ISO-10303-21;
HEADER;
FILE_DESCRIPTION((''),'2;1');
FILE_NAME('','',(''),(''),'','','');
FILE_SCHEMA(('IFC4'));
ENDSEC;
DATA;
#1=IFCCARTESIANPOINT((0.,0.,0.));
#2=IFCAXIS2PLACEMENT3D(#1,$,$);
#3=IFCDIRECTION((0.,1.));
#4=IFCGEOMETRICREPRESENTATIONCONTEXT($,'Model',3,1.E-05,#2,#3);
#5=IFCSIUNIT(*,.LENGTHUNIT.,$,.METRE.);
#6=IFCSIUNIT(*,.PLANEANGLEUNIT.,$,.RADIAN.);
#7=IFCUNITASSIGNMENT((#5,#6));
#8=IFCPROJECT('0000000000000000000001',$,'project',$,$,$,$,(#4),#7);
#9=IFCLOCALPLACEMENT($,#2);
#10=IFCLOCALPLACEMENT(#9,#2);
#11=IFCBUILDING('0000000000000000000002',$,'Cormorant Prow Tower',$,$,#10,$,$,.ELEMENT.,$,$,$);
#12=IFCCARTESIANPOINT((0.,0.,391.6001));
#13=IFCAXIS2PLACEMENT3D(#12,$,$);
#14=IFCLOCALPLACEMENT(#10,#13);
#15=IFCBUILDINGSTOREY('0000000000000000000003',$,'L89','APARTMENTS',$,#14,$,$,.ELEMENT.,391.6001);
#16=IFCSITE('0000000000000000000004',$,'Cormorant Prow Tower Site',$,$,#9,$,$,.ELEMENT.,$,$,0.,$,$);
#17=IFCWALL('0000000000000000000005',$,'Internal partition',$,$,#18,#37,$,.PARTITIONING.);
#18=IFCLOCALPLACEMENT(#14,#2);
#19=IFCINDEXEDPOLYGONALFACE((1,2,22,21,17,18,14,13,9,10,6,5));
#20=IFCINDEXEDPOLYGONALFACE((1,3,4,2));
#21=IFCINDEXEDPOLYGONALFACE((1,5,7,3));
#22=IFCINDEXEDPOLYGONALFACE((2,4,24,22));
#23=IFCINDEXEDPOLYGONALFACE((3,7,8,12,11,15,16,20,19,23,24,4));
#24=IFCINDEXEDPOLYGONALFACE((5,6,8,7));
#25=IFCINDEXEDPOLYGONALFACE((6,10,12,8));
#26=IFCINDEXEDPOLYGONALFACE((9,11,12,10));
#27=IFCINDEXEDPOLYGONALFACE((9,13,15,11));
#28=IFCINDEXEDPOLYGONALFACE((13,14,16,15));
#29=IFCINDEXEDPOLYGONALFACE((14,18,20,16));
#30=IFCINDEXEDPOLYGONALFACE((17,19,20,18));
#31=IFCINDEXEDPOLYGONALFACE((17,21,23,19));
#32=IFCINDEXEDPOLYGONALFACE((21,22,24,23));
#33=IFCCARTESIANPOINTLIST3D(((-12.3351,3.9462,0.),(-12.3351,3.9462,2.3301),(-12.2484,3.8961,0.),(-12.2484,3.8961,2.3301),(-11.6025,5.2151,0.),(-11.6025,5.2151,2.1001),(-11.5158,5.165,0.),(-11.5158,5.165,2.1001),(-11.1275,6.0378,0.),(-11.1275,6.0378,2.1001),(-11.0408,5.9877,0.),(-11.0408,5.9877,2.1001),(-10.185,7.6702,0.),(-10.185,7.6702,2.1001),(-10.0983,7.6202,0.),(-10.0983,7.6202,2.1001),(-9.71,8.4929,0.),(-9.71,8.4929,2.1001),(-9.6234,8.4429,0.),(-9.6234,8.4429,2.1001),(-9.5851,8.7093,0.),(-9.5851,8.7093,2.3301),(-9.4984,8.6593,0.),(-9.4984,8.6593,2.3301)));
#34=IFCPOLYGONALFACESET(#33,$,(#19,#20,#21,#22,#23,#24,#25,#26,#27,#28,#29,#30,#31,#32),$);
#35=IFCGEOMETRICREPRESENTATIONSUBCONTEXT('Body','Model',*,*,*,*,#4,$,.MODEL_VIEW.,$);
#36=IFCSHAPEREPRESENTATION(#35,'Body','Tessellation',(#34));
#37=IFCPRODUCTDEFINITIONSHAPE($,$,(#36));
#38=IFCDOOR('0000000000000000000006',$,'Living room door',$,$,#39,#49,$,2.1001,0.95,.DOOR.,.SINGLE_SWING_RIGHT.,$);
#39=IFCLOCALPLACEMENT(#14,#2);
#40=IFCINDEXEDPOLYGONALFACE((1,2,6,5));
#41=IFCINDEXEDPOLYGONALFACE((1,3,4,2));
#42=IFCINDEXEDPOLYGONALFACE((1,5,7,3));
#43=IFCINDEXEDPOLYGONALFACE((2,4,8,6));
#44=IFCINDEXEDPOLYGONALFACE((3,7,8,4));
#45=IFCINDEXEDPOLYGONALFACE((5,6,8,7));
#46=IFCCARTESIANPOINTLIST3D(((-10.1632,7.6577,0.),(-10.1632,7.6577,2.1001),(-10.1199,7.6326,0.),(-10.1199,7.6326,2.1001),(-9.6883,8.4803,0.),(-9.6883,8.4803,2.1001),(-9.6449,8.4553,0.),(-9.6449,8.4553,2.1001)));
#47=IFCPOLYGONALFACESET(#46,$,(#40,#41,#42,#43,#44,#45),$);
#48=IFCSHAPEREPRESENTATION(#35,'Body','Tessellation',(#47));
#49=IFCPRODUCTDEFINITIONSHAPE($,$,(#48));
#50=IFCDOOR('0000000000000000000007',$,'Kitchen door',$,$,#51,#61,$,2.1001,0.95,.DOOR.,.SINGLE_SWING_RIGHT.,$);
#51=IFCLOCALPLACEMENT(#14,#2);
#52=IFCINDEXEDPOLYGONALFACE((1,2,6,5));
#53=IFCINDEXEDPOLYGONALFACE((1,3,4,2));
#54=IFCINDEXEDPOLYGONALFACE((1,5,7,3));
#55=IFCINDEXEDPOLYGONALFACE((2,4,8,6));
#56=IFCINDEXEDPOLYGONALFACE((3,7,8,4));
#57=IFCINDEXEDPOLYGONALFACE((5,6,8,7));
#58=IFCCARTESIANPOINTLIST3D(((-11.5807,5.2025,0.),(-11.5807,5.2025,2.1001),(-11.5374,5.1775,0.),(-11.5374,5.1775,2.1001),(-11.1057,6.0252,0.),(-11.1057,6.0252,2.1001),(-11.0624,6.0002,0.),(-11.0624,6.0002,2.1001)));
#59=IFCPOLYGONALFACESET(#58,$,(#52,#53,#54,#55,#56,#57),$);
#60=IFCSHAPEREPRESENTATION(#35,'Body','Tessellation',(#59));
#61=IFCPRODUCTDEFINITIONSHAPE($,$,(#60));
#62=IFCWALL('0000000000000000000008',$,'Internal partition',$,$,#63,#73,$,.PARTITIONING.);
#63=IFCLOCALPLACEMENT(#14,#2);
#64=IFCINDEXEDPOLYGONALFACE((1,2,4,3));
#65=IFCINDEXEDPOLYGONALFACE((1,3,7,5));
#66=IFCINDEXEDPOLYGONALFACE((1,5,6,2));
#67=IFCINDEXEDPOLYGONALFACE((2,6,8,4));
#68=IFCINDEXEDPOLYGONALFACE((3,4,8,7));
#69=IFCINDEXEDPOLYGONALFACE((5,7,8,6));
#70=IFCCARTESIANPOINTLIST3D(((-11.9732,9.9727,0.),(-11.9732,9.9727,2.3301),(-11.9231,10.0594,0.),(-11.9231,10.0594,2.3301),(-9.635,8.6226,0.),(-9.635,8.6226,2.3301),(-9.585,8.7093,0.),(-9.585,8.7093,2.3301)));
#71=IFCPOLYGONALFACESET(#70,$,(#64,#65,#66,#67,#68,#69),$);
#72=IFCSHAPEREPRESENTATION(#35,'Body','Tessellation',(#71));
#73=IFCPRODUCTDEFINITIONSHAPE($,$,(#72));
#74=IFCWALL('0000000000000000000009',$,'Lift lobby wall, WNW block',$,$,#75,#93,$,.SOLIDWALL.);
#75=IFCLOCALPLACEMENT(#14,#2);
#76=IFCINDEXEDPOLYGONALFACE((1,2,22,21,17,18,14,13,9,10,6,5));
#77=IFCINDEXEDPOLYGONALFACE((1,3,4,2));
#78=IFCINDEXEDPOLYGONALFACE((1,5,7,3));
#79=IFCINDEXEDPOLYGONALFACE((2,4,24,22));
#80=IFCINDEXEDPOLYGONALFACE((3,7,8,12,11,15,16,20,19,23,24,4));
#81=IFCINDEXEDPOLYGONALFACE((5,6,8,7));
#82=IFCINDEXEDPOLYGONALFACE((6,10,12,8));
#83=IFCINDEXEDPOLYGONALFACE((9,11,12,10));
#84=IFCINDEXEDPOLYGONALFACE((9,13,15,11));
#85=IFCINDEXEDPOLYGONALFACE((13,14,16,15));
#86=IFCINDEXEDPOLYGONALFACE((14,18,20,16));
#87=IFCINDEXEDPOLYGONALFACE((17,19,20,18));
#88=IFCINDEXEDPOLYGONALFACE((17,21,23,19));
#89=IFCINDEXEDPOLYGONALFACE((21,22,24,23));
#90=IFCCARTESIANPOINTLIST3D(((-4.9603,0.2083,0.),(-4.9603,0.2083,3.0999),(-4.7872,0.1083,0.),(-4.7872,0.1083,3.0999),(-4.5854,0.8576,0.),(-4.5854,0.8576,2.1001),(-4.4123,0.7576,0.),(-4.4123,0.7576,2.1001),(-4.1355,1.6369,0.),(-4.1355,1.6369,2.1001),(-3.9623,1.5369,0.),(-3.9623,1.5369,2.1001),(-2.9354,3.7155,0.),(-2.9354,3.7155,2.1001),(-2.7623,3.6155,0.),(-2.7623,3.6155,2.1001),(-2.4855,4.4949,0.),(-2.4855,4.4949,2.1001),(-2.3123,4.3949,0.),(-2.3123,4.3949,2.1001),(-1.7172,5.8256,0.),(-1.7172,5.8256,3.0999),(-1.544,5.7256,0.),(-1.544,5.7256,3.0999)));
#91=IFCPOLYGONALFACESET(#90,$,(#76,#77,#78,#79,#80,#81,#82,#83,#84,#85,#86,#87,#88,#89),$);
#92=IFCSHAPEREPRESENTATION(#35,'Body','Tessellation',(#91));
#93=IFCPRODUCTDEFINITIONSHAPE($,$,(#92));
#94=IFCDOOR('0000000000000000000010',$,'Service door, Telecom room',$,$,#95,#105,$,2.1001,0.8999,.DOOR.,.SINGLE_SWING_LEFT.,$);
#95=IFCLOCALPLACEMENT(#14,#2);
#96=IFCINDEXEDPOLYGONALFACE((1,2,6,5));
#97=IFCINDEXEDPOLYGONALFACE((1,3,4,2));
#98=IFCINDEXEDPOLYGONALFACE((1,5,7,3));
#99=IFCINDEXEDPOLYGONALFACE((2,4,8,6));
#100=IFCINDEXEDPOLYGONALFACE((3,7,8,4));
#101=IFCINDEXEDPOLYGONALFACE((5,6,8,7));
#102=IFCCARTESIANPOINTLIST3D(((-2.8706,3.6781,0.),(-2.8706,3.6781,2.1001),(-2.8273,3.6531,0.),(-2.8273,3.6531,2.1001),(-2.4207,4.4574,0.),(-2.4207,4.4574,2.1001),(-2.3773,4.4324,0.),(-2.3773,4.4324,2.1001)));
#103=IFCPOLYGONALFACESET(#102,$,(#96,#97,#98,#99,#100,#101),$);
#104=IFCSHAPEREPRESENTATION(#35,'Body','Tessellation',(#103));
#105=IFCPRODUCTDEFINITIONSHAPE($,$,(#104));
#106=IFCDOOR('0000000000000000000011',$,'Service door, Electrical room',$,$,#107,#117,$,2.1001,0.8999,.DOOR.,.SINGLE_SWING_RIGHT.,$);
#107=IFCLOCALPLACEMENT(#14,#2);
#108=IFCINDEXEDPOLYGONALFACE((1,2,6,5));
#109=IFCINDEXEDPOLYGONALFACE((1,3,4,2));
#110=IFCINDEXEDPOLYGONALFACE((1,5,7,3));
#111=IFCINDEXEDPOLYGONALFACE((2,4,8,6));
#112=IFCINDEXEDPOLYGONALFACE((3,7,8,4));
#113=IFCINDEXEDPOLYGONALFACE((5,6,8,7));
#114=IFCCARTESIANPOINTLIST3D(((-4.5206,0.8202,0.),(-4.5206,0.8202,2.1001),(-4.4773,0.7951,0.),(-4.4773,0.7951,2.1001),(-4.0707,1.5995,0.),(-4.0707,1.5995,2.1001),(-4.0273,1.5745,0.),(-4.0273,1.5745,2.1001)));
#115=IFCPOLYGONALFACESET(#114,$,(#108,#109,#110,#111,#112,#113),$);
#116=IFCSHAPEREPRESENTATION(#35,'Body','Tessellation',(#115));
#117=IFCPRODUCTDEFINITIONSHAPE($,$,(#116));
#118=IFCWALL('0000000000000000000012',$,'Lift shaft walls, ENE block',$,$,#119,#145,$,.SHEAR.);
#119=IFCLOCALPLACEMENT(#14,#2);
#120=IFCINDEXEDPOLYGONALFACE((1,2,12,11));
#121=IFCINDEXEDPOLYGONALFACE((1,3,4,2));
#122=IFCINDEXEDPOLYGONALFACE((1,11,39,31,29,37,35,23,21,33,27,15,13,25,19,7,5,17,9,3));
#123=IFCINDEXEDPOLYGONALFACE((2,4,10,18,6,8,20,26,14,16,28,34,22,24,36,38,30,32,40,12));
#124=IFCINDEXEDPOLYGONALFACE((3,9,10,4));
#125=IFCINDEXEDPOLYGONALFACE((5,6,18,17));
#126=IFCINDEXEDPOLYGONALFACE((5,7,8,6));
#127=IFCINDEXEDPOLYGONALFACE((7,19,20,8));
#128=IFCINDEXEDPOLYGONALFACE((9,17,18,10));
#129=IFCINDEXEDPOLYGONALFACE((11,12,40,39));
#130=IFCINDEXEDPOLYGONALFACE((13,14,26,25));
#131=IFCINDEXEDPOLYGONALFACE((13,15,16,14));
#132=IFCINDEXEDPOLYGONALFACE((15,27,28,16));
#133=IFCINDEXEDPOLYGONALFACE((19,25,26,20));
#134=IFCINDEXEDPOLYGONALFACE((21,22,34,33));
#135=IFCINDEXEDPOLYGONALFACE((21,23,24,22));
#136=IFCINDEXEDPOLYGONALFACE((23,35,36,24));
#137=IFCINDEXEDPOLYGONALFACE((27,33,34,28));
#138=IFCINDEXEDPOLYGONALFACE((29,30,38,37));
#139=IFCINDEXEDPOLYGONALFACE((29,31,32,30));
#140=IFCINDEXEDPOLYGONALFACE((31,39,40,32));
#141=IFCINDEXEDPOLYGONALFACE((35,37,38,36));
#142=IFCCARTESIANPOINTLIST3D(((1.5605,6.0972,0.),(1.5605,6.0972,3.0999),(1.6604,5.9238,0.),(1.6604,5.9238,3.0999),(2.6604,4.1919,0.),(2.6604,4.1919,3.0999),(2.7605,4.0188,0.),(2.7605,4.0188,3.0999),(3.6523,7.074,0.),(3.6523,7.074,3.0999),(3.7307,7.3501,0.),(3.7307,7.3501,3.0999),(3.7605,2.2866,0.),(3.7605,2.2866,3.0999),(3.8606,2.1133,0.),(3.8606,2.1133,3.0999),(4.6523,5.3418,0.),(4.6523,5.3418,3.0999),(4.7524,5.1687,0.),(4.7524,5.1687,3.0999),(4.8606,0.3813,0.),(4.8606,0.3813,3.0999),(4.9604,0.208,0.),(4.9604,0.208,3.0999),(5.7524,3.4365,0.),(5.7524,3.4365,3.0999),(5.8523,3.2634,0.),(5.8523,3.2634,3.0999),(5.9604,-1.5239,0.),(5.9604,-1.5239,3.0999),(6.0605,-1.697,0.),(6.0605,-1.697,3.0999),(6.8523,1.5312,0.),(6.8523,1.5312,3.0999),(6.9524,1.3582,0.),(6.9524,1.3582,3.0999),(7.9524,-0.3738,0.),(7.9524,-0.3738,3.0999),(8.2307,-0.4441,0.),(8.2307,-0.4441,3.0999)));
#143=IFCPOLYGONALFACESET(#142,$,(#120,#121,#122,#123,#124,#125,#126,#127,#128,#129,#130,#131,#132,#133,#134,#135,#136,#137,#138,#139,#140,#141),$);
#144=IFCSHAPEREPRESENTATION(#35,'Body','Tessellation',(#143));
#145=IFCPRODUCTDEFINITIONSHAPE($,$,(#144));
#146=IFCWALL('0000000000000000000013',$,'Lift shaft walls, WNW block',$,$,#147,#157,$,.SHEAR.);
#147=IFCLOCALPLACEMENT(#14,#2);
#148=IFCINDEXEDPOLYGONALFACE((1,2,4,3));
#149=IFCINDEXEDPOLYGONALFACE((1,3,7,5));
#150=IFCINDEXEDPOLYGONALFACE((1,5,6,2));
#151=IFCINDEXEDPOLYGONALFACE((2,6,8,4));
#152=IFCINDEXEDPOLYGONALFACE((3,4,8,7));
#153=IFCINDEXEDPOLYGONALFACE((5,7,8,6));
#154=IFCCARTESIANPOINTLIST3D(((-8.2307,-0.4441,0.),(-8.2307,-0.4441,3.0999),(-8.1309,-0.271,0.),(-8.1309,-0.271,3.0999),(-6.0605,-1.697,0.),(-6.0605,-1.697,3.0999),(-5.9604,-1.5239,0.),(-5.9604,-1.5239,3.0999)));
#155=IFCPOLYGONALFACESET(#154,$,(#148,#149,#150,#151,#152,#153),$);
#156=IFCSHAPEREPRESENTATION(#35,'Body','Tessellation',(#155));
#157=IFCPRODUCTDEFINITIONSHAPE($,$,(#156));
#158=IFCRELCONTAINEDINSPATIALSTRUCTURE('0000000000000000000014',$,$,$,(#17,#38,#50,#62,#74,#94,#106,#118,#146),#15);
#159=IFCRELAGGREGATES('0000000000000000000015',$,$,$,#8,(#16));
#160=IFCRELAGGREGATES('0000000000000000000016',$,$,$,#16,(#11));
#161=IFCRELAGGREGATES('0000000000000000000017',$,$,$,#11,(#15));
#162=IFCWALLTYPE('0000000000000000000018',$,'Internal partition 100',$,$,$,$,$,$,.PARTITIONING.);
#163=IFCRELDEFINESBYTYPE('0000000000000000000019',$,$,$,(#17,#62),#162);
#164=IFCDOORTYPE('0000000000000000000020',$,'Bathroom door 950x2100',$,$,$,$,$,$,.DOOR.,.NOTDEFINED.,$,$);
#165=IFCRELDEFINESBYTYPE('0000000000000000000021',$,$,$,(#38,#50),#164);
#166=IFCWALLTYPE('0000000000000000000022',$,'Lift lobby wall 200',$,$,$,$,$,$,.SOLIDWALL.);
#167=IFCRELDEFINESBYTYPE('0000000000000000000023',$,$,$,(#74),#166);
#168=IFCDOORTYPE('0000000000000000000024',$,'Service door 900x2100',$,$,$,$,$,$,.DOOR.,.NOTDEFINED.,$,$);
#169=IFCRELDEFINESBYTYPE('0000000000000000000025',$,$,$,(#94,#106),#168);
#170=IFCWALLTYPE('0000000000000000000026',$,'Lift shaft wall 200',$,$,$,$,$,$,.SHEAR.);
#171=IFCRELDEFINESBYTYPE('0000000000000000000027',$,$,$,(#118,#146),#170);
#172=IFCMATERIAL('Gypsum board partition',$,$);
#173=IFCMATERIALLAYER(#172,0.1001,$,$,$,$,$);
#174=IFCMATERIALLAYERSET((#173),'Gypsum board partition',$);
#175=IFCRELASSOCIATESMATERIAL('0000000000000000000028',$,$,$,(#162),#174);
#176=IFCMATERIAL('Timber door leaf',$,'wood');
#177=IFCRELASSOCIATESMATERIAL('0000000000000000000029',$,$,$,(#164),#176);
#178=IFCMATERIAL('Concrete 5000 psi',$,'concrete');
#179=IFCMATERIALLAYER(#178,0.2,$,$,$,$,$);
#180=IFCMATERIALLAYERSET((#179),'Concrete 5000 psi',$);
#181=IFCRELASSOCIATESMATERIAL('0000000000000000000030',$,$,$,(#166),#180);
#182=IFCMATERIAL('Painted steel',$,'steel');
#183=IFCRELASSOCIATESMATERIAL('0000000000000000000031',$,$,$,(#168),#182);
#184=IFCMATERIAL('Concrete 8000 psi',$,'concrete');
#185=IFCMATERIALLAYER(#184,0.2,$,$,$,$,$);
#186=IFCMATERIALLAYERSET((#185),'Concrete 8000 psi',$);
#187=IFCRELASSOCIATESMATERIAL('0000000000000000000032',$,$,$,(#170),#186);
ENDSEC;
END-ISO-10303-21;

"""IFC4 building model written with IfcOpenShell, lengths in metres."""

from ifc_helpers import new_model, si_unit, direction, frame, frame_2d, origin, place, context, subcontext, project, spatial, polyline, rectangle, outline, extrude, material, layer, layer_set, type_object, element, fill, save


model = new_model("IFC4")

# Units and contexts
model_context = context("Model", 3, precision=1e-05, world=origin(), true_north=direction((0.0, 1.0)))
body_context = subcontext(model_context, "Body", "Model", "MODEL_VIEW")
ifc_project = project(units=[si_unit("LENGTHUNIT", "METRE"), si_unit("PLANEANGLEUNIT", "RADIAN")], contexts=[model_context])

# Site, building, storey
site_placement = place(None, origin())
site = spatial("IfcSite", under=ifc_project, at=site_placement, Name="Cormorant Prow Tower Site", CompositionType="ELEMENT", RefElevation=0.0)
building_placement = place(site_placement, origin())
building = spatial("IfcBuilding", under=site, at=building_placement, Name="Cormorant Prow Tower", CompositionType="ELEMENT")
storey_placement = place(building_placement, frame((0.0, 0.0, 391.6001)))
storey = spatial("IfcBuildingStorey", under=building, at=storey_placement, Name="L89", Description="APARTMENTS", CompositionType="ELEMENT", Elevation=391.6001)

# Wall, openings, doors
ifc_material_1 = material(Name="Gypsum board partition")
ifc_layer_1 = layer(ifc_material_1, 0.1001)
ifc_layer_set_1 = layer_set([ifc_layer_1], Name="Gypsum board partition")
wall_type_1 = type_object("IfcWallType", Name="Internal partition 100", PredefinedType="PARTITIONING", material=ifc_layer_set_1)
wall_1_placement = place(storey_placement, frame((-12.2917, 3.9211, 0.0), z_axis=(0.0, 0.0, 1.0), x_axis=(0.499997, 0.866027, 0.0)))
wall_1 = element("IfcWall", 1, at=wall_1_placement, inside=storey, type_object=wall_type_1, Name="Internal partition", PredefinedType="PARTITIONING", context=body_context, shape_type="SweptSolid", body=[
    extrude(rectangle(XDim=5.5, YDim=0.1001, at=frame_2d((2.75, 0.0))), origin(), (0.0, 0.0, 1.0), 2.3301),
])
opening_1_placement = place(wall_1_placement, frame((4.3, 0.0, 0.0)))
opening_1 = element("IfcOpeningElement", 2, at=opening_1_placement, cuts=wall_1, PredefinedType="OPENING", context=body_context, shape_type="SweptSolid", body=[
    extrude(rectangle(XDim=0.95, YDim=2.1001, at=frame_2d((0.4751, 1.05))), frame((0.0, 0.0601, 0.0), z_axis=(0.0, -1.0, 0.0), x_axis=(1.0, 0.0, 0.0)), (0.0, 0.0, 1.0), 0.1201),
])
opening_2_placement = place(wall_1_placement, frame((1.4651, 0.0, 0.0)))
opening_2 = element("IfcOpeningElement", 3, at=opening_2_placement, cuts=wall_1, PredefinedType="OPENING", context=body_context, shape_type="SweptSolid", body=[
    extrude(rectangle(XDim=0.95, YDim=2.1001, at=frame_2d((0.4751, 1.05))), frame((0.0, 0.0601, 0.0), z_axis=(0.0, -1.0, 0.0), x_axis=(1.0, 0.0, 0.0)), (0.0, 0.0, 1.0), 0.1201),
])
ifc_material_2 = material(Name="Timber door leaf", Category="wood")
door_type_1 = type_object("IfcDoorType", Name="Bathroom door 950x2100", OperationType="NOTDEFINED", PredefinedType="DOOR", material=ifc_material_2)
door_1_placement = place(opening_1_placement, origin())
door_1 = element("IfcDoor", 4, at=door_1_placement, inside=storey, type_object=door_type_1, Name="Living room door", OperationType="SINGLE_SWING_RIGHT", OverallHeight=2.1001, OverallWidth=0.95, PredefinedType="DOOR", context=body_context, shape_type="SweptSolid", body=[
    extrude(rectangle(XDim=0.95, YDim=2.1001, at=frame_2d((0.4751, 1.05))), frame((0.0, 0.0249, 0.0), z_axis=(0.0, -1.0, 0.0), x_axis=(1.0, 0.0, 0.0)), (0.0, 0.0, 1.0), 0.05),
])
fill(opening_1, door_1)
door_2_placement = place(opening_2_placement, origin())
door_2 = element("IfcDoor", 5, at=door_2_placement, inside=storey, type_object=door_type_1, Name="Kitchen door", OperationType="SINGLE_SWING_RIGHT", OverallHeight=2.1001, OverallWidth=0.95, PredefinedType="DOOR", context=body_context, shape_type="SweptSolid", body=[
    extrude(rectangle(XDim=0.95, YDim=2.1001, at=frame_2d((0.4751, 1.05))), frame((0.0, 0.0249, 0.0), z_axis=(0.0, -1.0, 0.0), x_axis=(1.0, 0.0, 0.0)), (0.0, 0.0, 1.0), 0.05),
])
fill(opening_2, door_2)

# Wall
wall_2_placement = place(storey_placement, frame((-11.9482, 10.0161, 0.0), z_axis=(0.0, 0.0, 1.0), x_axis=(0.865997, -0.500049, 0.0)))
element("IfcWall", 6, at=wall_2_placement, inside=storey, type_object=wall_type_1, Name="Internal partition", PredefinedType="PARTITIONING", context=body_context, shape_type="SweptSolid", body=[
    extrude(rectangle(XDim=2.7, YDim=0.1001, at=frame_2d((1.3501, 0.0))), origin(), (0.0, 0.0, 1.0), 2.3301),
])

# Wall, openings, doors
ifc_material_3 = material(Name="Concrete 5000 psi", Category="concrete")
ifc_layer_2 = layer(ifc_material_3, 0.2)
ifc_layer_set_2 = layer_set([ifc_layer_2], Name="Concrete 5000 psi")
wall_type_2 = type_object("IfcWallType", Name="Lift lobby wall 200", PredefinedType="SOLIDWALL", material=ifc_layer_set_2)
wall_3_placement = place(storey_placement, frame((-1.6306, 5.7756, 0.0), z_axis=(0.0, 0.0, 1.0), x_axis=(-0.499993, -0.86603, 0.0)))
wall_3 = element("IfcWall", 7, at=wall_3_placement, inside=storey, type_object=wall_type_2, Name="Lift lobby wall, WNW block", PredefinedType="SOLIDWALL", context=body_context, shape_type="SweptSolid", body=[
    extrude(rectangle(XDim=6.4863, YDim=0.2, at=frame_2d((3.2432, 0.0))), origin(), (0.0, 0.0, 1.0), 3.0999),
])
opening_3_placement = place(wall_3_placement, frame((1.5366, 0.0, 0.0)))
opening_3 = element("IfcOpeningElement", 8, at=opening_3_placement, cuts=wall_3, PredefinedType="OPENING", context=body_context, shape_type="SweptSolid", body=[
    extrude(rectangle(XDim=0.8999, YDim=2.1001, at=frame_2d((0.45, 1.05))), frame((0.0, 0.1099, 0.0), z_axis=(0.0, -1.0, 0.0), x_axis=(1.0, 0.0, 0.0)), (0.0, 0.0, 1.0), 0.22),
])
opening_4_placement = place(wall_3_placement, frame((4.8367, 0.0, 0.0)))
opening_4 = element("IfcOpeningElement", 9, at=opening_4_placement, cuts=wall_3, PredefinedType="OPENING", context=body_context, shape_type="SweptSolid", body=[
    extrude(rectangle(XDim=0.8999, YDim=2.1001, at=frame_2d((0.45, 1.05))), frame((0.0, 0.1099, 0.0), z_axis=(0.0, -1.0, 0.0), x_axis=(1.0, 0.0, 0.0)), (0.0, 0.0, 1.0), 0.22),
])
ifc_material_4 = material(Name="Painted steel", Category="steel")
door_type_2 = type_object("IfcDoorType", Name="Service door 900x2100", OperationType="NOTDEFINED", PredefinedType="DOOR", material=ifc_material_4)
door_3_placement = place(opening_3_placement, origin())
door_3 = element("IfcDoor", 10, at=door_3_placement, inside=storey, type_object=door_type_2, Name="Service door, Telecom room", OperationType="SINGLE_SWING_LEFT", OverallHeight=2.1001, OverallWidth=0.8999, PredefinedType="DOOR", context=body_context, shape_type="SweptSolid", body=[
    extrude(rectangle(XDim=0.8999, YDim=2.1001, at=frame_2d((0.45, 1.05))), frame((0.0, 0.0249, 0.0), z_axis=(0.0, -1.0, 0.0), x_axis=(1.0, 0.0, 0.0)), (0.0, 0.0, 1.0), 0.05),
])
fill(opening_3, door_3)
door_4_placement = place(opening_4_placement, origin())
door_4 = element("IfcDoor", 11, at=door_4_placement, inside=storey, type_object=door_type_2, Name="Service door, Electrical room", OperationType="SINGLE_SWING_RIGHT", OverallHeight=2.1001, OverallWidth=0.8999, PredefinedType="DOOR", context=body_context, shape_type="SweptSolid", body=[
    extrude(rectangle(XDim=0.8999, YDim=2.1001, at=frame_2d((0.45, 1.05))), frame((0.0, 0.0249, 0.0), z_axis=(0.0, -1.0, 0.0), x_axis=(1.0, 0.0, 0.0)), (0.0, 0.0, 1.0), 0.05),
])
fill(opening_4, door_4)

# Walls
ifc_material_5 = material(Name="Concrete 8000 psi", Category="concrete")
ifc_layer_3 = layer(ifc_material_5, 0.2)
ifc_layer_set_3 = layer_set([ifc_layer_3], Name="Concrete 8000 psi")
wall_type_3 = type_object("IfcWallType", Name="Lift shaft wall 200", PredefinedType="SHEAR", material=ifc_layer_set_3)
wall_4_placement = place(storey_placement, origin())
element("IfcWall", 12, at=wall_4_placement, inside=storey, type_object=wall_type_3, Name="Lift shaft walls, ENE block", PredefinedType="SHEAR", context=body_context, shape_type="SweptSolid", body=[
    extrude(outline(polyline([(1.5605, 6.0972), (3.7307, 7.3501), (8.2307, -0.4441), (6.0605, -1.697), (5.9604, -1.5239), (7.9524, -0.3738), (6.9524, 1.3582), (4.9604, 0.208), (4.8606, 0.3813), (6.8523, 1.5312), (5.8523, 3.2634), (3.8606, 2.1133), (3.7605, 2.2866), (5.7524, 3.4365), (4.7524, 5.1687), (2.7605, 4.0188), (2.6604, 4.1919), (4.6523, 5.3418), (3.6523, 7.074), (1.6604, 5.9238), (1.5605, 6.0972)])), origin(), (0.0, 0.0, 1.0), 3.0999),
])
wall_5_placement = place(storey_placement, origin())
element("IfcWall", 13, at=wall_5_placement, inside=storey, type_object=wall_type_3, Name="Lift shaft walls, WNW block", PredefinedType="SHEAR", context=body_context, shape_type="SweptSolid", body=[
    extrude(outline(polyline([(-6.0605, -1.697), (-8.2307, -0.4441), (-8.1309, -0.271), (-5.9604, -1.5239), (-6.0605, -1.697)])), origin(), (0.0, 0.0, 1.0), 3.0999),
])

save(model, "model.ifc")
